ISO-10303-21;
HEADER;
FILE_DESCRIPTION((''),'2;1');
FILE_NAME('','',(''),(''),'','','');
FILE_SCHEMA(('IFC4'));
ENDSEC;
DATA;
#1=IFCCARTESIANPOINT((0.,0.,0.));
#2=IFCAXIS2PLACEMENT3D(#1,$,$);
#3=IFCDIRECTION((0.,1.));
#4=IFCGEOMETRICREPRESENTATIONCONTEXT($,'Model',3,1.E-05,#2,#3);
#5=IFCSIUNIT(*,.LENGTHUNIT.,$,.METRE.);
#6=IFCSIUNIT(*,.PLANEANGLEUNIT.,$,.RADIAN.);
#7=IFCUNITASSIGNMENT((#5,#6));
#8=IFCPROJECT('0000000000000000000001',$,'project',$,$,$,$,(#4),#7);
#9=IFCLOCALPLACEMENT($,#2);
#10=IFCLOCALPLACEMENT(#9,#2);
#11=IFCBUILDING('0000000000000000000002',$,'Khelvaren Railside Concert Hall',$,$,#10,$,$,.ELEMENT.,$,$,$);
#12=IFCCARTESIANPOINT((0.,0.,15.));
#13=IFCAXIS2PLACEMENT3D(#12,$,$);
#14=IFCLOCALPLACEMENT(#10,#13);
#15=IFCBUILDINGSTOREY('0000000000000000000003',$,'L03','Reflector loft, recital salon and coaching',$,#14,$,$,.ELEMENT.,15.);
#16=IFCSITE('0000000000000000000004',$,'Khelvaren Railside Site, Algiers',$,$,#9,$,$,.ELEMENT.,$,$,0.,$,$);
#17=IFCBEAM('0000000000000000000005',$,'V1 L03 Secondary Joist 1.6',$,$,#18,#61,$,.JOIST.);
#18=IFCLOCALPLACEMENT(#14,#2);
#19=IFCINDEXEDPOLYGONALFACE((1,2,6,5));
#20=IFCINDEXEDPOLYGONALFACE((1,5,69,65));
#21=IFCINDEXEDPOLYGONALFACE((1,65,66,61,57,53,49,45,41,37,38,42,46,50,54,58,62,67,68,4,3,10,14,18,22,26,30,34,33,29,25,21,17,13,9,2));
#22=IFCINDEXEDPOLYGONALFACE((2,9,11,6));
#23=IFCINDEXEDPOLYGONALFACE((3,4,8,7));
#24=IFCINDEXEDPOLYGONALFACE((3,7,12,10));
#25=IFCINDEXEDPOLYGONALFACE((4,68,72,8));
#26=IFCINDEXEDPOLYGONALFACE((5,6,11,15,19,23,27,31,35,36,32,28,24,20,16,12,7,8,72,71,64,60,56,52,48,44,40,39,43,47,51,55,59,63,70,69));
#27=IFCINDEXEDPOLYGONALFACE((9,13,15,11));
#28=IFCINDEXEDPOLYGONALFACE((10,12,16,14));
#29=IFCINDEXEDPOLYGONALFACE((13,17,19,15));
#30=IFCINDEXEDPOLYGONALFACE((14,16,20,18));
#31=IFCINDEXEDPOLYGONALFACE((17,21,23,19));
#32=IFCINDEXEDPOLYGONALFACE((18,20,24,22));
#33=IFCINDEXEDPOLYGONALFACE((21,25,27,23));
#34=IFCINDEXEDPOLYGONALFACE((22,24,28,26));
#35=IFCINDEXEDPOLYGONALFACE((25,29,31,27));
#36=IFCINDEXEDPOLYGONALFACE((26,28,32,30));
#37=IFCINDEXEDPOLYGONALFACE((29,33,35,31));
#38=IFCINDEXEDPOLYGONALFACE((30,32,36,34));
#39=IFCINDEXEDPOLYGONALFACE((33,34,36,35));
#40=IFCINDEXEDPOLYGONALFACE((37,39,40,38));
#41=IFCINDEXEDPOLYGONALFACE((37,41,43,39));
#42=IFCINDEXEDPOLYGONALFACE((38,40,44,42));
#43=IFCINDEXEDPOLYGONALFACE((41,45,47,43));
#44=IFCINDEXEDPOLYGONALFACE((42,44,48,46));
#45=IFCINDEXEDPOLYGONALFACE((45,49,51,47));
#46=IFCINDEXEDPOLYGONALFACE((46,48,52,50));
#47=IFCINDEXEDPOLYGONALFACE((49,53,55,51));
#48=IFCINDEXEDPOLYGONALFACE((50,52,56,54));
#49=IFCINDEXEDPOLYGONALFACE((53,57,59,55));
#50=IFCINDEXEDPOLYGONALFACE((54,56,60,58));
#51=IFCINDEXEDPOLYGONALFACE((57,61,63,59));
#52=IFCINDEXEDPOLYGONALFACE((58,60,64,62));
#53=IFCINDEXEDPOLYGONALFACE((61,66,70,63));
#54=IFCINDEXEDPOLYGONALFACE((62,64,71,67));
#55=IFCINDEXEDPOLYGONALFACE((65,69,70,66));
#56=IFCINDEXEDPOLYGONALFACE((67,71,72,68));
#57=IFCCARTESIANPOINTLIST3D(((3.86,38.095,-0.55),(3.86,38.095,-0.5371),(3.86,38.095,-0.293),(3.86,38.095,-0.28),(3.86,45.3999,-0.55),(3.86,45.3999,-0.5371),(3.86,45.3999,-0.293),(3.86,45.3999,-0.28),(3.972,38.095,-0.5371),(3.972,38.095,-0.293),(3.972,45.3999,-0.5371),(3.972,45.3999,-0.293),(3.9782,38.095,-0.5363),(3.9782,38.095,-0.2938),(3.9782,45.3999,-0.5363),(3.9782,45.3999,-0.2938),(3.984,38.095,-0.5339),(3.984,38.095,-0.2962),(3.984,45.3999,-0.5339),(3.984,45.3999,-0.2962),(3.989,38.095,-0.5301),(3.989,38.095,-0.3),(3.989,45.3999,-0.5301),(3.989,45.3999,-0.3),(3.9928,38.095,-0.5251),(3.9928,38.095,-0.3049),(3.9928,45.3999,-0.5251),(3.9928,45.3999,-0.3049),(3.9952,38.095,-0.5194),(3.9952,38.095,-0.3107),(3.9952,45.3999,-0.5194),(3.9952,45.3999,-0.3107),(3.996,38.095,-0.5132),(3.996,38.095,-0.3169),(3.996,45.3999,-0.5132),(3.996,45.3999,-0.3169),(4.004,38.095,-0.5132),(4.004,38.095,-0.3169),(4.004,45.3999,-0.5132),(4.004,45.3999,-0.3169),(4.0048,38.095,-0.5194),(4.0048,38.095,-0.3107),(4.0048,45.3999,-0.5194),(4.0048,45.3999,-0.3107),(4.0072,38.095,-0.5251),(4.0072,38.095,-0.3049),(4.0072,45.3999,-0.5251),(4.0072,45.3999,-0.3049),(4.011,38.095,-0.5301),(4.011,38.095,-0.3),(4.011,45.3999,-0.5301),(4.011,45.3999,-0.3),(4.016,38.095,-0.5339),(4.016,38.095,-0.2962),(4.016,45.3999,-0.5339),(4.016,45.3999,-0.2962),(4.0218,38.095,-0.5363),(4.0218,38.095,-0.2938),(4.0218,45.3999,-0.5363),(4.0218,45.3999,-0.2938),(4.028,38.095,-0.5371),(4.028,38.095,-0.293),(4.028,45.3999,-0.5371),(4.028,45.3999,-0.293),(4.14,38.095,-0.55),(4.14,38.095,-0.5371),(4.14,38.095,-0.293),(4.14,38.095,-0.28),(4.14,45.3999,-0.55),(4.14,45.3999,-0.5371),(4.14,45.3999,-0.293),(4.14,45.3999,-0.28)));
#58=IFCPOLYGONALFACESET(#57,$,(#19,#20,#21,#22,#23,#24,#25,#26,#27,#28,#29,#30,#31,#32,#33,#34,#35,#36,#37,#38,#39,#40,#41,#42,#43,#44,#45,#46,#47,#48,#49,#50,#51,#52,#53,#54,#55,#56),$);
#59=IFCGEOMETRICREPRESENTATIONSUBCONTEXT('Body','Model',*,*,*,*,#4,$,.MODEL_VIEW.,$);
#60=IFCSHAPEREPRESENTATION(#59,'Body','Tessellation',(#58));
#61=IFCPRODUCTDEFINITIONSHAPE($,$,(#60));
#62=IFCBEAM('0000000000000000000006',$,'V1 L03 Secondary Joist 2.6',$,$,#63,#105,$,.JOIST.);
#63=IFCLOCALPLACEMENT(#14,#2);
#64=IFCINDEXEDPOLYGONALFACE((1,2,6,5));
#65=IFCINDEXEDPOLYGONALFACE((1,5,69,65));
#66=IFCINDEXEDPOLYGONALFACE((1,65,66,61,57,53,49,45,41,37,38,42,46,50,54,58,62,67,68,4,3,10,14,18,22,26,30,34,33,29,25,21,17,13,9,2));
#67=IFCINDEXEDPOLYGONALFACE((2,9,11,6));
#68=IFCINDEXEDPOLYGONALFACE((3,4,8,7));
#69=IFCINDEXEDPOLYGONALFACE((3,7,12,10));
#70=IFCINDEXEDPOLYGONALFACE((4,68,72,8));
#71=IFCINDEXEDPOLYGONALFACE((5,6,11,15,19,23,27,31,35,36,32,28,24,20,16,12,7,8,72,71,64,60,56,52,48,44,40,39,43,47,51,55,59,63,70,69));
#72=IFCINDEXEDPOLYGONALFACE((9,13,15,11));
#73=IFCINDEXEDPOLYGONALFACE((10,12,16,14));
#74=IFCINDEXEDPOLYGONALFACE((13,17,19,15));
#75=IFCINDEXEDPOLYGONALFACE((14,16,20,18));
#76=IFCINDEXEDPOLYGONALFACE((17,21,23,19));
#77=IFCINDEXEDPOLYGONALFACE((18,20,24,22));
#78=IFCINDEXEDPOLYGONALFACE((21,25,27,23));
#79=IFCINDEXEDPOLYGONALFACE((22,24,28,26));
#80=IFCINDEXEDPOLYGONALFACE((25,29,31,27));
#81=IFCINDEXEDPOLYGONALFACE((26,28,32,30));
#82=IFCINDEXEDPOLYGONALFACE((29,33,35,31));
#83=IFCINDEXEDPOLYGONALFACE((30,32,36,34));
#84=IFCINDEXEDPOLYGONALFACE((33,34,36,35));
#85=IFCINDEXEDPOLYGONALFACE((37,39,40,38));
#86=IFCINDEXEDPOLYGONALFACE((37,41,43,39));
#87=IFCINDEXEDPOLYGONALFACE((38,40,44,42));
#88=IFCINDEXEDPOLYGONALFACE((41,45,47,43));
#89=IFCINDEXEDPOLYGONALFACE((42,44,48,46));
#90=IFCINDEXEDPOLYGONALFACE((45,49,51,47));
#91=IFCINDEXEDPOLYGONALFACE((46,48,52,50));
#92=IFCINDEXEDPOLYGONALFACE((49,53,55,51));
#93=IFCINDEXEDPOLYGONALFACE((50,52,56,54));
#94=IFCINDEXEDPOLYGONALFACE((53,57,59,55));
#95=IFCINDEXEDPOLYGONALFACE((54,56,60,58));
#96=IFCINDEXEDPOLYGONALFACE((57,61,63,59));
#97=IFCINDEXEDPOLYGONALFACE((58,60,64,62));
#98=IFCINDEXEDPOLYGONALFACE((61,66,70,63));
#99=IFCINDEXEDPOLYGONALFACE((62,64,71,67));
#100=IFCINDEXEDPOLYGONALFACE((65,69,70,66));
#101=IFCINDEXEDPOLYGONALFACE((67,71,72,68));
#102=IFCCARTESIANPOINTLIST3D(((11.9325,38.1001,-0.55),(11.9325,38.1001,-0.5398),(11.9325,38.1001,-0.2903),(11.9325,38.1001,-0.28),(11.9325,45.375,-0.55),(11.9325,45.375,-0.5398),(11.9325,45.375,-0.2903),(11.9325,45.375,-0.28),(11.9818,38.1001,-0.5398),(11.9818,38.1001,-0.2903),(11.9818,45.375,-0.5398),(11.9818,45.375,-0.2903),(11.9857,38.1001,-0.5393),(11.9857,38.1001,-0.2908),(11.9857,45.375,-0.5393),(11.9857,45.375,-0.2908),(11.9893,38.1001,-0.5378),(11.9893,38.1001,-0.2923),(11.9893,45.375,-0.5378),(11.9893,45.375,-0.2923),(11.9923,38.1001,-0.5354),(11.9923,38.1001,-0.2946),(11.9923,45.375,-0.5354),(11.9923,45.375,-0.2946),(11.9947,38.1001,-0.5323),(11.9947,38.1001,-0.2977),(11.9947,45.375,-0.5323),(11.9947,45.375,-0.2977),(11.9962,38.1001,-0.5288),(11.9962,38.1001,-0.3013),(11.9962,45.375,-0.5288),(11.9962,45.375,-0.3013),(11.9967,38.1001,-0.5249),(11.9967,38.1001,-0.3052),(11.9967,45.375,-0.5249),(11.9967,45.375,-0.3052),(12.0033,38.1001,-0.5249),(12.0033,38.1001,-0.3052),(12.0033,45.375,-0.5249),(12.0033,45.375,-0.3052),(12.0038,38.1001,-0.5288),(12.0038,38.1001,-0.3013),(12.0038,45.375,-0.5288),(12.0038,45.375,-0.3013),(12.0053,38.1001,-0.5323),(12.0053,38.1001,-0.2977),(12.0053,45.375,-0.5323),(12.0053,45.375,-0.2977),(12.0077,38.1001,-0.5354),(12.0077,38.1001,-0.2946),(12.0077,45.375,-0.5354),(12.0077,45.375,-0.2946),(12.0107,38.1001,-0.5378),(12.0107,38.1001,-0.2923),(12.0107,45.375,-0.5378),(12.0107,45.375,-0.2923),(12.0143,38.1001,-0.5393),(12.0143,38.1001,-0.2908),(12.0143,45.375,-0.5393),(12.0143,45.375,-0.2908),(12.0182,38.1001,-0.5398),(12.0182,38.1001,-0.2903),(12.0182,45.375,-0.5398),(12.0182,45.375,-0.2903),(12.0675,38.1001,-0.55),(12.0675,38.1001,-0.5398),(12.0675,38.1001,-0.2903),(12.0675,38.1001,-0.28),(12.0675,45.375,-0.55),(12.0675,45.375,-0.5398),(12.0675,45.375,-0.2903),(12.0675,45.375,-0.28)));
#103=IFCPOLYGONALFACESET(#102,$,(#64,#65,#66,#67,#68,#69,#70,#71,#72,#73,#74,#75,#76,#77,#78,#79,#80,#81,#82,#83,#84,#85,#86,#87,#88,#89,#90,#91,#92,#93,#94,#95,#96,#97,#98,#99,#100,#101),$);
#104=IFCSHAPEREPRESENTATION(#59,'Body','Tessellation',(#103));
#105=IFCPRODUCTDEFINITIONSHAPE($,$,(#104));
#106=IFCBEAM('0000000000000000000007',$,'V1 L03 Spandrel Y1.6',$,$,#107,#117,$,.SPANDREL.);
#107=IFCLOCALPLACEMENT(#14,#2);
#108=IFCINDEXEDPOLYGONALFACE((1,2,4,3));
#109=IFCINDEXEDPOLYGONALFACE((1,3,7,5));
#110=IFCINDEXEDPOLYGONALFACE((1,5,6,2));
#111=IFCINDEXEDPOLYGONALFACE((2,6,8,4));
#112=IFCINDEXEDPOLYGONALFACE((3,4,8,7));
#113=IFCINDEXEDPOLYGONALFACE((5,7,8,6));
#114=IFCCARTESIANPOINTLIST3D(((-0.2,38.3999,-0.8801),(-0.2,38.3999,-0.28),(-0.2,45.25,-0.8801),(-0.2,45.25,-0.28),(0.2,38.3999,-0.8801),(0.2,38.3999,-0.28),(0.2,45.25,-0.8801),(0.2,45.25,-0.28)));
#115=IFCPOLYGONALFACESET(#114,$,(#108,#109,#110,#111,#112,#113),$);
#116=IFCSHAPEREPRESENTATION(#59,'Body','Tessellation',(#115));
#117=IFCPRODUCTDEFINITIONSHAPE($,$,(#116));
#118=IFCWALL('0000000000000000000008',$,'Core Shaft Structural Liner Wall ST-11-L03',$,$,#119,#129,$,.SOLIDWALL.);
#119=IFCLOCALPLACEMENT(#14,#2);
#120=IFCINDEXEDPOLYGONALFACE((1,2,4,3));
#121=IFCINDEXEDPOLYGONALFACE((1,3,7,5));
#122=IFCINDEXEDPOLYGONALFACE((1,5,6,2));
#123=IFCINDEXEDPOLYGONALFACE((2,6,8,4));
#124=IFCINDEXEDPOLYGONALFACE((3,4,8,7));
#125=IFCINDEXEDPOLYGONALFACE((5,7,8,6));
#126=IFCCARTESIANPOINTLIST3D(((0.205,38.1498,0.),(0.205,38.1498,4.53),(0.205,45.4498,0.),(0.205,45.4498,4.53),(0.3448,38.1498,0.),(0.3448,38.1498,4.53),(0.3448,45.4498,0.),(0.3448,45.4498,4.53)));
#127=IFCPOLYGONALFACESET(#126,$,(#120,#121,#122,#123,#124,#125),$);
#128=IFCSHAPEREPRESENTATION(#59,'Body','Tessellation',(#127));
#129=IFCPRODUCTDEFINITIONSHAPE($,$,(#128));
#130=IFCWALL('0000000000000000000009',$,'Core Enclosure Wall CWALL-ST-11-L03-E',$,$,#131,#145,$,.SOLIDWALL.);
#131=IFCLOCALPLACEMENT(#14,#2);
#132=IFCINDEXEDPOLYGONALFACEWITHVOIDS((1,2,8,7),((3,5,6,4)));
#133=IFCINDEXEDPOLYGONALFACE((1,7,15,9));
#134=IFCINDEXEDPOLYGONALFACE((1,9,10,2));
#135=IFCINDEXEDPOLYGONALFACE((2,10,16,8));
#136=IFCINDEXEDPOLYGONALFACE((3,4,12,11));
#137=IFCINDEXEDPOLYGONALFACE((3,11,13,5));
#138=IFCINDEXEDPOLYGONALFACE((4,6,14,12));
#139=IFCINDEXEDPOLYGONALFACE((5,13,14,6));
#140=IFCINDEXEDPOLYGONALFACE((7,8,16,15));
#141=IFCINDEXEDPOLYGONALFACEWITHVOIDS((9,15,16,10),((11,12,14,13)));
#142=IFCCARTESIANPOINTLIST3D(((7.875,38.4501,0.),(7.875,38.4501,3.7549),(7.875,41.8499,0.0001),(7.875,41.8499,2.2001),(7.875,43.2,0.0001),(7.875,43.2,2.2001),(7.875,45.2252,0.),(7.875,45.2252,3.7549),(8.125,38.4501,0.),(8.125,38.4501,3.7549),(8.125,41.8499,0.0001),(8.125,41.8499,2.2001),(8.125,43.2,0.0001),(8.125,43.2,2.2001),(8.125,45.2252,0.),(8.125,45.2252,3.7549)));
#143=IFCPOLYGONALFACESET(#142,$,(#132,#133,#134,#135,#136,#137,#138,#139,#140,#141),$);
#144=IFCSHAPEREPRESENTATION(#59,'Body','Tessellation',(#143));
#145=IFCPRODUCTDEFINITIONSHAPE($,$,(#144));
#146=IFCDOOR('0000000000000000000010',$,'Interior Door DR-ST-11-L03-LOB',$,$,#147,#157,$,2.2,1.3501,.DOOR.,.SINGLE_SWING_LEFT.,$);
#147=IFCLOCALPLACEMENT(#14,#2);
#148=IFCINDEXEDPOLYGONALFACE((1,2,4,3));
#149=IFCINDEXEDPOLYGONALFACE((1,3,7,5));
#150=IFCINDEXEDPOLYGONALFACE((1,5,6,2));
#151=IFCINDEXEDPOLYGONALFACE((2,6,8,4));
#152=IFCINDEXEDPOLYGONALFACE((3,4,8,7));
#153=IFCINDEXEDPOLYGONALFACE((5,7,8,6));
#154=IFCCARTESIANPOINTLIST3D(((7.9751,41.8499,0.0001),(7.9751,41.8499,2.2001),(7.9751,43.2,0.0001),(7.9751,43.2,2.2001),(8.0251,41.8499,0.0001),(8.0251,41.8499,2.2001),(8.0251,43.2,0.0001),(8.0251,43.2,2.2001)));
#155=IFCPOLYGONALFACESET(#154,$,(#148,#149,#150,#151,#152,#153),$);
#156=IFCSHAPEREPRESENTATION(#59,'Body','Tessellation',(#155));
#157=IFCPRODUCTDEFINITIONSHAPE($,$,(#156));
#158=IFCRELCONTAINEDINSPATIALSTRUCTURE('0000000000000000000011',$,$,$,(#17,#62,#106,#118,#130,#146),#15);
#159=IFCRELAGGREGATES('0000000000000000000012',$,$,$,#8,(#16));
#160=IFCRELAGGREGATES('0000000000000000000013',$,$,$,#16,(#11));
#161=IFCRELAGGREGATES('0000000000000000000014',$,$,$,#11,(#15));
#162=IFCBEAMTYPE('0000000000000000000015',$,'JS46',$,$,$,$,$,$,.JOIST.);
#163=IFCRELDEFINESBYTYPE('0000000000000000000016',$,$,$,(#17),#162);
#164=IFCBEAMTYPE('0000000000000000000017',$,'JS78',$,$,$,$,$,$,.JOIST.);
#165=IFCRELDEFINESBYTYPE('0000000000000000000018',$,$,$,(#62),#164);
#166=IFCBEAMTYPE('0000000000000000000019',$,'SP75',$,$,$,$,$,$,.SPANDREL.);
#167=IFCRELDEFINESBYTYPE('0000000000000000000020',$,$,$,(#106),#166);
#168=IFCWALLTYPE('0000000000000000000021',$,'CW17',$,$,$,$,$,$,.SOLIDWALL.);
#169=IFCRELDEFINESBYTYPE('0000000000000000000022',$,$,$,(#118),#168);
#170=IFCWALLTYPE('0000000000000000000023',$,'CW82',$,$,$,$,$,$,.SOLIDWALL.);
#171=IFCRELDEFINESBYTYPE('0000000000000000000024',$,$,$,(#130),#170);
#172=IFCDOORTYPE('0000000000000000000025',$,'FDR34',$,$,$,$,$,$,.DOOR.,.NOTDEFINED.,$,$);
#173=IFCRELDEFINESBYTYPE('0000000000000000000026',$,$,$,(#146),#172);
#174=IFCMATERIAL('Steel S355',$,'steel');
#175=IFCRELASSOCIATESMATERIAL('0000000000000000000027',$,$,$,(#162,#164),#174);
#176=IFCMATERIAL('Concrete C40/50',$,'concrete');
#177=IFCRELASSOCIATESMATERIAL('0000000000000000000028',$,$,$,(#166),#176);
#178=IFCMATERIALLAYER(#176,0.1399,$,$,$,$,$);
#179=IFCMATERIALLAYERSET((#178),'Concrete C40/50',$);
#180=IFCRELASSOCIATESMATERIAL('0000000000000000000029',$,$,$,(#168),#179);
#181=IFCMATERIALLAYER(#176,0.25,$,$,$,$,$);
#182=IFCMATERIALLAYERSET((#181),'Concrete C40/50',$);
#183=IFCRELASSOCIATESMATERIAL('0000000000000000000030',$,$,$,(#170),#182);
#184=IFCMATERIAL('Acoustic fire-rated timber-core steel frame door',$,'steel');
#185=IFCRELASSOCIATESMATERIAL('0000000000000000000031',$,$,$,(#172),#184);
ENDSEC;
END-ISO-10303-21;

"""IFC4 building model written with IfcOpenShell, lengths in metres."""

from ifc_helpers import new_model, si_unit, direction, frame, frame_2d, origin, origin_2d, place, context, subcontext, project, spatial, rectangle, i_section, extrude, material, layer, layer_set, material_profile, profile_set, type_object, element, fill, save


model = new_model("IFC4")

# Units and contexts
model_context = context("Model", 3, precision=1e-05, world=origin(), true_north=direction((0.0, 1.0)))
body_context = subcontext(model_context, "Body", "Model", "MODEL_VIEW")
ifc_project = project(units=[si_unit("LENGTHUNIT", "METRE"), si_unit("PLANEANGLEUNIT", "RADIAN")], contexts=[model_context])

# Site, building, storey
site_placement = place(None, origin())
site = spatial("IfcSite", under=ifc_project, at=site_placement, Name="Khelvaren Railside Site, Algiers", CompositionType="ELEMENT", RefElevation=0.0)
building_placement = place(site_placement, origin())
building = spatial("IfcBuilding", under=site, at=building_placement, Name="Khelvaren Railside Concert Hall", CompositionType="ELEMENT")
storey_placement = place(building_placement, frame((0.0, 0.0, 15.0)))
storey = spatial("IfcBuildingStorey", under=building, at=storey_placement, Name="L03", Description="Reflector loft, recital salon and coaching", CompositionType="ELEMENT", Elevation=15.0)

# Shared definitions
ifc_material_1 = material(Name="Steel S355", Category="steel")

# Beams
ifc_material_profile_1 = material_profile(ifc_material_1, i_section(OverallWidth=0.28, OverallDepth=0.27, WebThickness=0.0081, FlangeThickness=0.0129, FilletRadius=0.0239, at=origin_2d()), Name="HEA 280")
ifc_profile_set_1 = profile_set([ifc_material_profile_1], Name="Steel S355")
beam_type_1 = type_object("IfcBeamType", Name="JS46", PredefinedType="JOIST", material=ifc_profile_set_1)
beam_1_placement = place(storey_placement, frame((4.0, 38.095, -0.415), z_axis=(0.0, 1.0, 0.0), x_axis=(-1.0, 0.0, 0.0)))
element("IfcBeam", 1, at=beam_1_placement, inside=storey, type_object=beam_type_1, Name="V1 L03 Secondary Joist 1.6", PredefinedType="JOIST", context=body_context, shape_type="SweptSolid", body=[
    extrude(i_section(OverallWidth=0.28, OverallDepth=0.27, WebThickness=0.0081, FlangeThickness=0.0129, FilletRadius=0.0239, at=origin_2d()), origin(), (0.0, 0.0, 1.0), 7.3049),
])
ifc_material_profile_2 = material_profile(ifc_material_1, i_section(OverallWidth=0.135, OverallDepth=0.27, WebThickness=0.0066, FlangeThickness=0.0103, FilletRadius=0.0149, at=origin_2d()), Name="IPE 270")
ifc_profile_set_2 = profile_set([ifc_material_profile_2], Name="Steel S355")
beam_type_2 = type_object("IfcBeamType", Name="JS78", PredefinedType="JOIST", material=ifc_profile_set_2)
beam_2_placement = place(storey_placement, frame((12.0, 38.1001, -0.415), z_axis=(0.0, 1.0, 0.0), x_axis=(-1.0, 0.0, 0.0)))
element("IfcBeam", 2, at=beam_2_placement, inside=storey, type_object=beam_type_2, Name="V1 L03 Secondary Joist 2.6", PredefinedType="JOIST", context=body_context, shape_type="SweptSolid", body=[
    extrude(i_section(OverallWidth=0.135, OverallDepth=0.27, WebThickness=0.0066, FlangeThickness=0.0103, FilletRadius=0.0149, at=origin_2d()), origin(), (0.0, 0.0, 1.0), 7.2749),
])
ifc_material_2 = material(Name="Concrete C40/50", Category="concrete")
ifc_material_profile_3 = material_profile(ifc_material_2, rectangle(XDim=0.3999, YDim=0.6001, at=origin_2d()), Name="RCB 400x600")
ifc_profile_set_3 = profile_set([ifc_material_profile_3], Name="Concrete C40/50")
beam_type_3 = type_object("IfcBeamType", Name="SP75", PredefinedType="SPANDREL", material=ifc_profile_set_3)
beam_3_placement = place(storey_placement, frame((0.0, 38.3999, -0.5801), z_axis=(0.0, 1.0, 0.0), x_axis=(-1.0, 0.0, 0.0)))
element("IfcBeam", 3, at=beam_3_placement, inside=storey, type_object=beam_type_3, Name="V1 L03 Spandrel Y1.6", PredefinedType="SPANDREL", context=body_context, shape_type="SweptSolid", body=[
    extrude(rectangle(XDim=0.3999, YDim=0.6001, at=origin_2d()), origin(), (0.0, 0.0, 1.0), 6.8501),
])

# Wall
ifc_layer_1 = layer(ifc_material_2, 0.1399)
ifc_layer_set_1 = layer_set([ifc_layer_1], Name="Concrete C40/50")
wall_type_1 = type_object("IfcWallType", Name="CW17", PredefinedType="SOLIDWALL", material=ifc_layer_set_1)
wall_1_placement = place(storey_placement, frame((0.2749, 38.1499, 0.0), z_axis=(0.0, 0.0, 1.0), x_axis=(0.0, 1.0, 0.0)))
element("IfcWall", 4, at=wall_1_placement, inside=storey, type_object=wall_type_1, Name="Core Shaft Structural Liner Wall ST-11-L03", PredefinedType="SOLIDWALL", context=body_context, shape_type="SweptSolid", body=[
    extrude(rectangle(XDim=7.3, YDim=0.1399, at=frame_2d((3.6499, 0.0))), origin(), (0.0, 0.0, 1.0), 4.53),
])

# Wall, opening, door
ifc_layer_2 = layer(ifc_material_2, 0.25)
ifc_layer_set_2 = layer_set([ifc_layer_2], Name="Concrete C40/50")
wall_type_2 = type_object("IfcWallType", Name="CW82", PredefinedType="SOLIDWALL", material=ifc_layer_set_2)
wall_2_placement = place(storey_placement, frame((8.0, 38.45, 0.0), z_axis=(0.0, 0.0, 1.0), x_axis=(0.0, 1.0, 0.0)))
wall_2 = element("IfcWall", 5, at=wall_2_placement, inside=storey, type_object=wall_type_2, Name="Core Enclosure Wall CWALL-ST-11-L03-E", PredefinedType="SOLIDWALL", context=body_context, shape_type="SweptSolid", body=[
    extrude(rectangle(XDim=6.7751, YDim=0.25, at=frame_2d((3.3877, 0.0))), origin(), (0.0, 0.0, 1.0), 3.7549),
])
opening_1_placement = place(wall_2_placement, frame((3.3999, 0.0, 0.0)))
opening_1 = element("IfcOpeningElement", 6, at=opening_1_placement, cuts=wall_2, PredefinedType="OPENING", context=body_context, shape_type="SweptSolid", body=[
    extrude(rectangle(XDim=1.3501, YDim=2.2, at=frame_2d((0.675, 1.1001))), frame((0.0, 0.135, 0.0), z_axis=(0.0, -1.0, 0.0), x_axis=(1.0, 0.0, 0.0)), (0.0, 0.0, 1.0), 0.27),
])
ifc_material_3 = material(Name="Acoustic fire-rated timber-core steel frame door", Category="steel")
door_type_1 = type_object("IfcDoorType", Name="FDR34", OperationType="NOTDEFINED", PredefinedType="DOOR", material=ifc_material_3)
door_1_placement = place(opening_1_placement, origin())
door_1 = element("IfcDoor", 7, at=door_1_placement, inside=storey, type_object=door_type_1, Name="Interior Door DR-ST-11-L03-LOB", OperationType="SINGLE_SWING_LEFT", OverallHeight=2.2, OverallWidth=1.3501, PredefinedType="DOOR", context=body_context, shape_type="SweptSolid", body=[
    extrude(rectangle(XDim=1.3501, YDim=2.2, at=frame_2d((0.675, 1.1001))), frame((0.0, 0.0249, 0.0), z_axis=(0.0, -1.0, 0.0), x_axis=(1.0, 0.0, 0.0)), (0.0, 0.0, 1.0), 0.05),
])
fill(opening_1, door_1)

save(model, "model.ifc")
